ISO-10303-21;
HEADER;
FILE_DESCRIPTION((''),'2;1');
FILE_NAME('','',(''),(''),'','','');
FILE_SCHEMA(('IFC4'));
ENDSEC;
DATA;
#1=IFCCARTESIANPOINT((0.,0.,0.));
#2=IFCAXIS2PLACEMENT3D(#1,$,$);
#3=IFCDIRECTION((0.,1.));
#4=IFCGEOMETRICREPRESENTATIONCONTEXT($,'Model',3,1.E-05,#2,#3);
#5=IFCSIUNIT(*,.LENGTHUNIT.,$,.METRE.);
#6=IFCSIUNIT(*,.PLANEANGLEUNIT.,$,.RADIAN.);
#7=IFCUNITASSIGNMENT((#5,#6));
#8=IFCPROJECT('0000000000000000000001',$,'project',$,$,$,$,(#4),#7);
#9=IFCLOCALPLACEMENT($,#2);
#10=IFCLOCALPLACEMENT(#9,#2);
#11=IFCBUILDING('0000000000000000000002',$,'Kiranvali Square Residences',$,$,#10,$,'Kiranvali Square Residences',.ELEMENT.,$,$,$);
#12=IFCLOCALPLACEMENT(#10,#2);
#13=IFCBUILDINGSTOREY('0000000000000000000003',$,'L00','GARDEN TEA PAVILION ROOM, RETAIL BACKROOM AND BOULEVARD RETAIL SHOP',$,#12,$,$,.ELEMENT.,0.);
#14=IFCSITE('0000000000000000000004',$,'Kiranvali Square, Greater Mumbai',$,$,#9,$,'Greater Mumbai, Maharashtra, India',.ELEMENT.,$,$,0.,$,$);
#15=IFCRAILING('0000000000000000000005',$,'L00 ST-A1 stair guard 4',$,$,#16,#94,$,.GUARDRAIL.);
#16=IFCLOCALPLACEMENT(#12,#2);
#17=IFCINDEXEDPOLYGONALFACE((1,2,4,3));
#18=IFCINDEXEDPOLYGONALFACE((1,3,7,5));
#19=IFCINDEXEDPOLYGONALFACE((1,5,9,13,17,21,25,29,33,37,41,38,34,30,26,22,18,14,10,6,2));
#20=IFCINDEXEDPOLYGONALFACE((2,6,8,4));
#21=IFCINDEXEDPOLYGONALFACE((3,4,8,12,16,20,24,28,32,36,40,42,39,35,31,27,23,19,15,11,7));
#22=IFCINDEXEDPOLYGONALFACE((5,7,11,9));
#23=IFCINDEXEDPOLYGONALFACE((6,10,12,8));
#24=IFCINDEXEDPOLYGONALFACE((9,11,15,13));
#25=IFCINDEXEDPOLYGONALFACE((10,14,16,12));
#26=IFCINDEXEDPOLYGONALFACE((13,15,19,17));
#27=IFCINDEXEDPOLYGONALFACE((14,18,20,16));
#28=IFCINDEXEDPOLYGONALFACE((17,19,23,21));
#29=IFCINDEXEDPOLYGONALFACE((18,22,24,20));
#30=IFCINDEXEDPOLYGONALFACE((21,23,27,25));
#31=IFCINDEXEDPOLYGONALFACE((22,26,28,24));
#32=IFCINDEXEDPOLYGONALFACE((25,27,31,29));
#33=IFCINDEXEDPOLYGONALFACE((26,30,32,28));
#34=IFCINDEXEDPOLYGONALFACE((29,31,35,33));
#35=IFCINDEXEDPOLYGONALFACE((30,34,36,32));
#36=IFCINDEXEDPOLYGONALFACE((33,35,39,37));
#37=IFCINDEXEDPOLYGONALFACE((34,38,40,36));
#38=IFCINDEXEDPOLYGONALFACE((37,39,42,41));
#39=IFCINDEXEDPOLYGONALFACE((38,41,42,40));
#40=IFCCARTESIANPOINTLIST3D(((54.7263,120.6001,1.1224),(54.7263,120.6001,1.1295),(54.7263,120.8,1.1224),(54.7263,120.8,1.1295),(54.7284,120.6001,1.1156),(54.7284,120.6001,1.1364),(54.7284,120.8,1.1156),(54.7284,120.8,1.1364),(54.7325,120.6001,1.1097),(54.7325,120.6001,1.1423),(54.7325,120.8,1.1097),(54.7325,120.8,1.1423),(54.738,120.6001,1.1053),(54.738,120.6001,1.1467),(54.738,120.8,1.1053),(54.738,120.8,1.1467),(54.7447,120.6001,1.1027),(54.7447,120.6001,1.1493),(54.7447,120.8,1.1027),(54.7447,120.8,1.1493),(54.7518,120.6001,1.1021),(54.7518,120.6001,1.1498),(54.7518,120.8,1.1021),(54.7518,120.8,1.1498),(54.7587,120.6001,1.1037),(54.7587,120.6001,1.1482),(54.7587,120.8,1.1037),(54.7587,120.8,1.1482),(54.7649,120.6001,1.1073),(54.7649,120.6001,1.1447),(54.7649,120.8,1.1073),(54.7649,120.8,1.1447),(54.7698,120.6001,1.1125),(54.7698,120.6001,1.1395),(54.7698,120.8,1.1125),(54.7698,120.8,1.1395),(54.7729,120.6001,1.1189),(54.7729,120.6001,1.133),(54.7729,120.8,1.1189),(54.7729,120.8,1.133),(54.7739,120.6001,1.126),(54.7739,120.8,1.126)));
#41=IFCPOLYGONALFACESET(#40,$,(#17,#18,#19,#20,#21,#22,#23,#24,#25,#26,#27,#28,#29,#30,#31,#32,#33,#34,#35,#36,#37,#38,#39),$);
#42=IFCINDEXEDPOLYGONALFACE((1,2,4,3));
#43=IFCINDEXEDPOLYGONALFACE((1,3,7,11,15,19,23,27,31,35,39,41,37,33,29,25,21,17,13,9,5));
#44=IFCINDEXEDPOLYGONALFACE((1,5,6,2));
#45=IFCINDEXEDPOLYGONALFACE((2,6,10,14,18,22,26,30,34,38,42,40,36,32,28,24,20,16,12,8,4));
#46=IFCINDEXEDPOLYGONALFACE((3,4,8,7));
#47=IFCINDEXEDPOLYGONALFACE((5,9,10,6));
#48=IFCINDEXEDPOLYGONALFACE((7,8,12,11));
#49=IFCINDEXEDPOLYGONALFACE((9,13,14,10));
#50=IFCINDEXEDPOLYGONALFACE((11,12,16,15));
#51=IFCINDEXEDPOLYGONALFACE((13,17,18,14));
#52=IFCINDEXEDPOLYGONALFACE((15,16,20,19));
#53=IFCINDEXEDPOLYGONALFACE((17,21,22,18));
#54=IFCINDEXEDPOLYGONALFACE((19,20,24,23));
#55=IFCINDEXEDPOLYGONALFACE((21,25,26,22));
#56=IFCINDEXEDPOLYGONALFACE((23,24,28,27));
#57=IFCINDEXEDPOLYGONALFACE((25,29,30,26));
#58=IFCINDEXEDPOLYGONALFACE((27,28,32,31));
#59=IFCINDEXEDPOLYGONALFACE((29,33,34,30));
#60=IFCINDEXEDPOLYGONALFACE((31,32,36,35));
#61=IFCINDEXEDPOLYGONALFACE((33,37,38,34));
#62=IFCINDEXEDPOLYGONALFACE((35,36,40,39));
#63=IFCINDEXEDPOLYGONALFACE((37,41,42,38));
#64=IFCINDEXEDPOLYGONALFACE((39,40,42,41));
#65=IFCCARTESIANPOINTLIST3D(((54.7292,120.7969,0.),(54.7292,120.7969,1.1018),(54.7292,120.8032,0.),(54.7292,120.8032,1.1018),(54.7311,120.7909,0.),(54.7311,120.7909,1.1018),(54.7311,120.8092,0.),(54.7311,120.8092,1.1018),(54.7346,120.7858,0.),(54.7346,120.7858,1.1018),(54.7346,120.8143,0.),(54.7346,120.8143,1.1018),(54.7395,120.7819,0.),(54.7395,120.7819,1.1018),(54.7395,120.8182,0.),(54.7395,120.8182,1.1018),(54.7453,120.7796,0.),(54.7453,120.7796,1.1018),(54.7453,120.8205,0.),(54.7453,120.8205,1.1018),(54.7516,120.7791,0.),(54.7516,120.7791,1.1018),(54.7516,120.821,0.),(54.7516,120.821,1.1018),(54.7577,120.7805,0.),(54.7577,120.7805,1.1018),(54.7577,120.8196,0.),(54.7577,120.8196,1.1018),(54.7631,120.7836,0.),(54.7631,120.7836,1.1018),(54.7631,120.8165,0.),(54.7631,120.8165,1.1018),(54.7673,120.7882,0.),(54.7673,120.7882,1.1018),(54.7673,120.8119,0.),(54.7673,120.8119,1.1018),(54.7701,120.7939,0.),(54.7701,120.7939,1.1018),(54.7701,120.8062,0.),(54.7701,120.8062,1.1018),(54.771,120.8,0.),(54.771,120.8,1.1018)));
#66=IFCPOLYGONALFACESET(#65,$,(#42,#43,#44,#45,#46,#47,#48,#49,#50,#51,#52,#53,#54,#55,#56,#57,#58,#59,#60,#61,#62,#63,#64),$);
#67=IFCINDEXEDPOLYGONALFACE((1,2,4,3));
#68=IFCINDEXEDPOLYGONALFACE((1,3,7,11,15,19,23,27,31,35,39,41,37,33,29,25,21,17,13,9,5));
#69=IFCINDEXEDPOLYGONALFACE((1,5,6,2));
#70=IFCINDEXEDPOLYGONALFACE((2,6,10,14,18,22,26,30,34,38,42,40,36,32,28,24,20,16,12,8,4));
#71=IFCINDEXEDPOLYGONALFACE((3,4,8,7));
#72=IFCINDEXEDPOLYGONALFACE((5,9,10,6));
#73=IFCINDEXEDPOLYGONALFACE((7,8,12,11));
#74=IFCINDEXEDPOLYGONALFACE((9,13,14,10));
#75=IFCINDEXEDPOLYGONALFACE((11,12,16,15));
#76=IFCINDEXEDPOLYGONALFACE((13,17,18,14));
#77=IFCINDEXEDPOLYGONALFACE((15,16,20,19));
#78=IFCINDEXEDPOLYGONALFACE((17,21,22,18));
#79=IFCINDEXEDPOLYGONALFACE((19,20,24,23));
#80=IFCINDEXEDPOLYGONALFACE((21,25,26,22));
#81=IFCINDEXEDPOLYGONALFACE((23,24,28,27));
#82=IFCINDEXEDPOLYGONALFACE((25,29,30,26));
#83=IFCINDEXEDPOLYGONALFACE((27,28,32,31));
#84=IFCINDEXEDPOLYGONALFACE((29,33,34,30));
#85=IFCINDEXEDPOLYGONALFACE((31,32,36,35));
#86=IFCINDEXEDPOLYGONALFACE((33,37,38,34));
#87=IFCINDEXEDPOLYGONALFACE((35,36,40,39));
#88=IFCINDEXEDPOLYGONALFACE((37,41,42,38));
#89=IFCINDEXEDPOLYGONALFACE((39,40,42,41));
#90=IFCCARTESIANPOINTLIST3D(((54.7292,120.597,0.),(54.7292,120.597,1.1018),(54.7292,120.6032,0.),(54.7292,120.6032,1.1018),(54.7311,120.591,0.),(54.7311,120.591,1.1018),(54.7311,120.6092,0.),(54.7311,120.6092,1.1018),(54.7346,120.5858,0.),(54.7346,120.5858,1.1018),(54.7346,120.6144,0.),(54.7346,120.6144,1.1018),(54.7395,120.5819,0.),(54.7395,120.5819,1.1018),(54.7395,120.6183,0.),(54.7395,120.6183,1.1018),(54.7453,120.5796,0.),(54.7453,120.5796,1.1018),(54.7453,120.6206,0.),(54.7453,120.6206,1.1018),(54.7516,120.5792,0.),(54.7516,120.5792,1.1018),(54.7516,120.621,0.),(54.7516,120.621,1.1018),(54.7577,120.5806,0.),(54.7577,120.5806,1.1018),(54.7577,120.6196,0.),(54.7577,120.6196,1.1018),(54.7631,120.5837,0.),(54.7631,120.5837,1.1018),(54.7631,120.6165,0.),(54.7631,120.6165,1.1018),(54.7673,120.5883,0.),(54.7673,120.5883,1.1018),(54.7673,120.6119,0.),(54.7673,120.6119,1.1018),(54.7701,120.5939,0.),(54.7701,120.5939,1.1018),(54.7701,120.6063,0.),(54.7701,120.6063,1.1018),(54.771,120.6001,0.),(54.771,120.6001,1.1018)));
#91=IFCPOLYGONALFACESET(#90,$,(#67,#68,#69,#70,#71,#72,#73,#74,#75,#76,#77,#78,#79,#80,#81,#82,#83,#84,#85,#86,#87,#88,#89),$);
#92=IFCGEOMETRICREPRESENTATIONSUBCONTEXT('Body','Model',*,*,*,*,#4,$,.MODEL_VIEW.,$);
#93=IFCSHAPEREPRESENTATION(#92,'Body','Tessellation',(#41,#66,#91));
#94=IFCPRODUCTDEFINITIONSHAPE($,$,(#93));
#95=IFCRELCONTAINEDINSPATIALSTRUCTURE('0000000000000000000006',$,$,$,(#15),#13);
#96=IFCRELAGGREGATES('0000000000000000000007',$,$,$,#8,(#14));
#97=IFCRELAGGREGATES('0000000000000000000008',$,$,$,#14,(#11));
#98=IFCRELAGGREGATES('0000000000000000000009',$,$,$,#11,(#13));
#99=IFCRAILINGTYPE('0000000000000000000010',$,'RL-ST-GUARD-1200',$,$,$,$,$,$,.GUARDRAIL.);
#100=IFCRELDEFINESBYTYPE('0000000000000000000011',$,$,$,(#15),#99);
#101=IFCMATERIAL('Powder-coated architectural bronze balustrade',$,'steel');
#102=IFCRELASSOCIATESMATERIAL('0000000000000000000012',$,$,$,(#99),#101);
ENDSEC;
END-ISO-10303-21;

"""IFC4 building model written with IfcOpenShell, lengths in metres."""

from ifc_helpers import new_model, si_unit, direction, frame, origin, origin_2d, place, context, subcontext, project, spatial, circle, extrude, material, type_object, element, save


model = new_model("IFC4")

# Units and contexts
model_context = context("Model", 3, precision=1e-05, world=origin(), true_north=direction((0.0, 1.0)))
body_context = subcontext(model_context, "Body", "Model", "MODEL_VIEW")
ifc_project = project(units=[si_unit("LENGTHUNIT", "METRE"), si_unit("PLANEANGLEUNIT", "RADIAN")], contexts=[model_context])

# Site, building, storey
site_placement = place(None, origin())
site = spatial("IfcSite", under=ifc_project, at=site_placement, Name="Kiranvali Square, Greater Mumbai", LongName="Greater Mumbai, Maharashtra, India", CompositionType="ELEMENT", RefElevation=0.0)
building_placement = place(site_placement, origin())
building = spatial("IfcBuilding", under=site, at=building_placement, Name="Kiranvali Square Residences", LongName="Kiranvali Square Residences", CompositionType="ELEMENT")
storey_placement = place(building_placement, origin())
storey = spatial("IfcBuildingStorey", under=building, at=storey_placement, Name="L00", Description="GARDEN TEA PAVILION ROOM, RETAIL BACKROOM AND BOULEVARD RETAIL SHOP", CompositionType="ELEMENT", Elevation=0.0)

# Railing
ifc_material_1 = material(Name="Powder-coated architectural bronze balustrade", Category="steel")
railing_type_1 = type_object("IfcRailingType", Name="RL-ST-GUARD-1200", PredefinedType="GUARDRAIL", material=ifc_material_1)
railing_1_placement = place(storey_placement, frame((54.75, 120.8, 0.0)))
element("IfcRailing", 1, at=railing_1_placement, inside=storey, type_object=railing_type_1, Name="L00 ST-A1 stair guard 4", PredefinedType="GUARDRAIL", context=body_context, shape_type="SweptSolid", body=[
    extrude(circle(Radius=0.0239, at=origin_2d()), frame((0.0, 0.0, 1.126), z_axis=(0.0, -1.0, 0.0), x_axis=(1.0, 0.0, 0.0)), (0.0, 0.0, 1.0), 0.2),
    extrude(circle(Radius=0.021, at=origin_2d()), origin(), (0.0, 0.0, 1.0), 1.1018),
    extrude(circle(Radius=0.021, at=origin_2d()), frame((0.0, -0.2, 0.0)), (0.0, 0.0, 1.0), 1.1018),
])

save(model, "model.ifc")
